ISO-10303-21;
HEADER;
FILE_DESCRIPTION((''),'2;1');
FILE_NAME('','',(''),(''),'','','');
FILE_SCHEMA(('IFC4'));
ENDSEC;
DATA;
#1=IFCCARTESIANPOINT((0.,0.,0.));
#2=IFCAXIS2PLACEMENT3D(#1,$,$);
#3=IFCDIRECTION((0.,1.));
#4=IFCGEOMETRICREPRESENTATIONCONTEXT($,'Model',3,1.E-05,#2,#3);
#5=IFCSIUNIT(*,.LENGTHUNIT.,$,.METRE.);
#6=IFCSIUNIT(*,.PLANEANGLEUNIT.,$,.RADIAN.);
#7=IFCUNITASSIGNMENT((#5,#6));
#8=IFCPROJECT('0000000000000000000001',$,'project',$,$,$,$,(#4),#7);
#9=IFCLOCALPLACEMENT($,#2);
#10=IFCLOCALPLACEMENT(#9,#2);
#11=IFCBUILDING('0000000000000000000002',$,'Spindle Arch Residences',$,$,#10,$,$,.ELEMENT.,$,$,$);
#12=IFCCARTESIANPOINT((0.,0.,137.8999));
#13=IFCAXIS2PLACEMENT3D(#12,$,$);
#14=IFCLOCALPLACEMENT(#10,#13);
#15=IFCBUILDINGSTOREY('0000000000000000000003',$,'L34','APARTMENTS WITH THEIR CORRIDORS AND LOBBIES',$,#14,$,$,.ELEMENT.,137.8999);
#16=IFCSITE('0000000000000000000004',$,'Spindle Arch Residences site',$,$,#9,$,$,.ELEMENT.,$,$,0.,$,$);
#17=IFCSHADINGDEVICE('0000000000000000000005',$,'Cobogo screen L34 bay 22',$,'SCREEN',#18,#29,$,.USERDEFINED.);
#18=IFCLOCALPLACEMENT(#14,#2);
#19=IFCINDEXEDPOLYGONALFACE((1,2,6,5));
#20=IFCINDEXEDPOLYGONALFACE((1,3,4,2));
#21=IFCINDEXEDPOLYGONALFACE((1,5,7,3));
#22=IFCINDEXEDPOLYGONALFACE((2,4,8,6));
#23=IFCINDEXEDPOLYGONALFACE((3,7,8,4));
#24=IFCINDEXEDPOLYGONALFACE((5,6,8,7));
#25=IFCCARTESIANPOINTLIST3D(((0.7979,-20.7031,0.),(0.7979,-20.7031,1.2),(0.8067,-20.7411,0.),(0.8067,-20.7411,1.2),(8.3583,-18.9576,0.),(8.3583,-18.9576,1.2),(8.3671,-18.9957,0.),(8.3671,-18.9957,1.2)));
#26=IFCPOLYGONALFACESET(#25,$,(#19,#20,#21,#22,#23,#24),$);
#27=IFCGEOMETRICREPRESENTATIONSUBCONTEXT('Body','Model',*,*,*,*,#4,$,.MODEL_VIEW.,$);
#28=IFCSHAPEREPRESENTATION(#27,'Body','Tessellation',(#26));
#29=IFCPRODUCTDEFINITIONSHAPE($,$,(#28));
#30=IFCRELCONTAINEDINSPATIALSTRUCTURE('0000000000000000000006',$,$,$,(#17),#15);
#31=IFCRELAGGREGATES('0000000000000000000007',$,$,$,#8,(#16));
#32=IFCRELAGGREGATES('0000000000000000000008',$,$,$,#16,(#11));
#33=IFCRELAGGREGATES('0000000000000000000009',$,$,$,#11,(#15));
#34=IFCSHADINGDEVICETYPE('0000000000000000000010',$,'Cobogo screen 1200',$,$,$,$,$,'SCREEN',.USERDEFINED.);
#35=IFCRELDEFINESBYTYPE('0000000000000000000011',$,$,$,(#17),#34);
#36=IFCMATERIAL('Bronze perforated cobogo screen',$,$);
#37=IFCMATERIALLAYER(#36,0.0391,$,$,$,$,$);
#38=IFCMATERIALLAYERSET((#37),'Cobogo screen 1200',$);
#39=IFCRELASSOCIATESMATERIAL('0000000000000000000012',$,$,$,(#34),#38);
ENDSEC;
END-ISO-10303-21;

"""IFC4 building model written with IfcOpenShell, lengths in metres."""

from ifc_helpers import new_model, si_unit, direction, frame, origin, origin_2d, place, context, subcontext, project, spatial, rectangle, extrude, material, layer, layer_set, type_object, element, save


model = new_model("IFC4")

# Units and contexts
model_context = context("Model", 3, precision=1e-05, world=origin(), true_north=direction((0.0, 1.0)))
body_context = subcontext(model_context, "Body", "Model", "MODEL_VIEW")
ifc_project = project(units=[si_unit("LENGTHUNIT", "METRE"), si_unit("PLANEANGLEUNIT", "RADIAN")], contexts=[model_context])

# Site, building, storey
site_placement = place(None, origin())
site = spatial("IfcSite", under=ifc_project, at=site_placement, Name="Spindle Arch Residences site", CompositionType="ELEMENT", RefElevation=0.0)
building_placement = place(site_placement, origin())
building = spatial("IfcBuilding", under=site, at=building_placement, Name="Spindle Arch Residences", CompositionType="ELEMENT")
storey_placement = place(building_placement, frame((0.0, 0.0, 137.8999)))
storey = spatial("IfcBuildingStorey", under=building, at=storey_placement, Name="L34", Description="APARTMENTS WITH THEIR CORRIDORS AND LOBBIES", CompositionType="ELEMENT", Elevation=137.8999)

# Shading device
ifc_material_1 = material(Name="Bronze perforated cobogo screen")
ifc_layer_1 = layer(ifc_material_1, 0.0391)
ifc_layer_set_1 = layer_set([ifc_layer_1], Name="Cobogo screen 1200")
shading_device_type = type_object("IfcShadingDeviceType", Name="Cobogo screen 1200", ElementType="SCREEN", PredefinedType="USERDEFINED", material=ifc_layer_set_1)
shading_device_placement = place(storey_placement, frame((4.5825, -19.8494, 0.0), z_axis=(0.0, 0.0, 1.0), x_axis=(0.97437, 0.224951, 0.0)))
element("IfcShadingDevice", 1, at=shading_device_placement, inside=storey, type_object=shading_device_type, Name="Cobogo screen L34 bay 22", ObjectType="SCREEN", PredefinedType="USERDEFINED", context=body_context, shape_type="SweptSolid", body=[
    extrude(rectangle(XDim=7.7593, YDim=0.0391, at=origin_2d()), origin(), (0.0, 0.0, 1.0), 1.2),
])

save(model, "model.ifc")
